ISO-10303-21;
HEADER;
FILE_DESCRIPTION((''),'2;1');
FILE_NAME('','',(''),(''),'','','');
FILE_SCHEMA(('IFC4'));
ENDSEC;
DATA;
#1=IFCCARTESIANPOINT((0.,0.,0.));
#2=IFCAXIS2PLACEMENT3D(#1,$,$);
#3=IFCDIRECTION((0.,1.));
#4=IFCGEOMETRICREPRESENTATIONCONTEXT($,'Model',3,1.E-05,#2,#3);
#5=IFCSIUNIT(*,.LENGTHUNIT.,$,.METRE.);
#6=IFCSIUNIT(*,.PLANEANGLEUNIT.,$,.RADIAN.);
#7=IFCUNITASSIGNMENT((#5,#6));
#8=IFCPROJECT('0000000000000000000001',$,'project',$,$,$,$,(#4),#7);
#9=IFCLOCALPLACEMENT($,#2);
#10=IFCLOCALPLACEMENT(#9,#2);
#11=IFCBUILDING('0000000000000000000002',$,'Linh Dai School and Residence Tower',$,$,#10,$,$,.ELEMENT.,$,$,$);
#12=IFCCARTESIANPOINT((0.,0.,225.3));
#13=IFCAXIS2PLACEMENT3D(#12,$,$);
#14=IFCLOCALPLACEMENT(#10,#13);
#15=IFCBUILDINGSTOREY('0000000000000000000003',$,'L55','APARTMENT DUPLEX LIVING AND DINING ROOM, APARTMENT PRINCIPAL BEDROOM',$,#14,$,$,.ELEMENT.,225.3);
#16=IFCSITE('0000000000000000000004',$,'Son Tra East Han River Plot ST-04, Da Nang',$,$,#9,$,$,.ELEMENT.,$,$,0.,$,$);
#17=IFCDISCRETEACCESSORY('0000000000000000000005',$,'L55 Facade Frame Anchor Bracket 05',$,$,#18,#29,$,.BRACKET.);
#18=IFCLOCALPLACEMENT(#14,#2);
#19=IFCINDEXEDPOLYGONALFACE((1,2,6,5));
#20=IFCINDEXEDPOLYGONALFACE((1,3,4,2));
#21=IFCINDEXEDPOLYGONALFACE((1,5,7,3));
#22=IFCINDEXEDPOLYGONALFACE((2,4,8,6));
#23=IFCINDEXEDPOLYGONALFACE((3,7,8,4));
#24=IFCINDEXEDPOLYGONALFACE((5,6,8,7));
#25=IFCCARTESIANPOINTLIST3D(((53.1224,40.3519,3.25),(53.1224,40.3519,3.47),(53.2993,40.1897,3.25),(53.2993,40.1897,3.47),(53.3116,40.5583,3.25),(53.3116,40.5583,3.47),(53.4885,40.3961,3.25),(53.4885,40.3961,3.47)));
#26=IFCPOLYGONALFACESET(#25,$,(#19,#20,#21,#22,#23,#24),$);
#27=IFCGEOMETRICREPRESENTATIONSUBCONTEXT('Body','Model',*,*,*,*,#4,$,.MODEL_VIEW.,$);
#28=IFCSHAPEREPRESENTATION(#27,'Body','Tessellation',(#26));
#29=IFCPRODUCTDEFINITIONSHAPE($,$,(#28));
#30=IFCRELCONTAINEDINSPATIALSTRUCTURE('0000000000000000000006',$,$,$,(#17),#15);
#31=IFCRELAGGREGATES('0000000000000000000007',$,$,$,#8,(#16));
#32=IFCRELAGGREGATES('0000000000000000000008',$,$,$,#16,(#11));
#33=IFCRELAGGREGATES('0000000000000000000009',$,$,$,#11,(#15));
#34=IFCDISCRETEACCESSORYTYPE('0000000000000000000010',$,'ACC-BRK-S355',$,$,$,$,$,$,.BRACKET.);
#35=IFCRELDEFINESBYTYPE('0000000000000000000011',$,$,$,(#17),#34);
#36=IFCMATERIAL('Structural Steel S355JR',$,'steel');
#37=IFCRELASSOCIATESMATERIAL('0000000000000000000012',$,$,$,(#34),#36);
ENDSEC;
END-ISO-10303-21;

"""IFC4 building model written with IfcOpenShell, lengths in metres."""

from ifc_helpers import new_model, si_unit, direction, frame, origin, origin_2d, place, context, subcontext, project, spatial, rectangle, extrude, source, transform, mapped, material, type_object, element, save


model = new_model("IFC4")

# Units and contexts
model_context = context("Model", 3, precision=1e-05, world=origin(), true_north=direction((0.0, 1.0)))
body_context = subcontext(model_context, "Body", "Model", "MODEL_VIEW")
ifc_project = project(units=[si_unit("LENGTHUNIT", "METRE"), si_unit("PLANEANGLEUNIT", "RADIAN")], contexts=[model_context])

# Site, building, storey
site_placement = place(None, origin())
site = spatial("IfcSite", under=ifc_project, at=site_placement, Name="Son Tra East Han River Plot ST-04, Da Nang", CompositionType="ELEMENT", RefElevation=0.0)
building_placement = place(site_placement, origin())
building = spatial("IfcBuilding", under=site, at=building_placement, Name="Linh Dai School and Residence Tower", CompositionType="ELEMENT")
storey_placement = place(building_placement, frame((0.0, 0.0, 225.3)))
storey = spatial("IfcBuildingStorey", under=building, at=storey_placement, Name="L55", Description="APARTMENT DUPLEX LIVING AND DINING ROOM, APARTMENT PRINCIPAL BEDROOM", CompositionType="ELEMENT", Elevation=225.3)

# Shared definitions
ifc_material_1 = material(Name="Structural Steel S355JR", Category="steel")

# Discrete accessory
discrete_accessory_type = type_object("IfcDiscreteAccessoryType", Name="ACC-BRK-S355", PredefinedType="BRACKET", material=ifc_material_1)
shared_shape_1 = source(origin(), body_context, "Body", "SweptSolid", [
    extrude(rectangle(XDim=0.28, YDim=0.24, at=origin_2d()), origin(), (0.0, 0.0, 1.0), 0.22),
])
discrete_accessory_placement = place(storey_placement, frame((53.3054, 40.374, 3.25), z_axis=(0.0, 0.0, 1.0), x_axis=(0.675758, 0.737124, 0.0)))
element("IfcDiscreteAccessory", 1, at=discrete_accessory_placement, inside=storey, type_object=discrete_accessory_type, Name="L55 Facade Frame Anchor Bracket 05", PredefinedType="BRACKET", context=body_context, shape_type="MappedRepresentation", body=[
    mapped(shared_shape_1, transform((0.0, 0.0, 0.0), x_axis=(1.0, 0.0, 0.0), y_axis=(0.0, 1.0, 0.0), z_axis=(0.0, 0.0, 1.0), scale=1.0)),
])

save(model, "model.ifc")
